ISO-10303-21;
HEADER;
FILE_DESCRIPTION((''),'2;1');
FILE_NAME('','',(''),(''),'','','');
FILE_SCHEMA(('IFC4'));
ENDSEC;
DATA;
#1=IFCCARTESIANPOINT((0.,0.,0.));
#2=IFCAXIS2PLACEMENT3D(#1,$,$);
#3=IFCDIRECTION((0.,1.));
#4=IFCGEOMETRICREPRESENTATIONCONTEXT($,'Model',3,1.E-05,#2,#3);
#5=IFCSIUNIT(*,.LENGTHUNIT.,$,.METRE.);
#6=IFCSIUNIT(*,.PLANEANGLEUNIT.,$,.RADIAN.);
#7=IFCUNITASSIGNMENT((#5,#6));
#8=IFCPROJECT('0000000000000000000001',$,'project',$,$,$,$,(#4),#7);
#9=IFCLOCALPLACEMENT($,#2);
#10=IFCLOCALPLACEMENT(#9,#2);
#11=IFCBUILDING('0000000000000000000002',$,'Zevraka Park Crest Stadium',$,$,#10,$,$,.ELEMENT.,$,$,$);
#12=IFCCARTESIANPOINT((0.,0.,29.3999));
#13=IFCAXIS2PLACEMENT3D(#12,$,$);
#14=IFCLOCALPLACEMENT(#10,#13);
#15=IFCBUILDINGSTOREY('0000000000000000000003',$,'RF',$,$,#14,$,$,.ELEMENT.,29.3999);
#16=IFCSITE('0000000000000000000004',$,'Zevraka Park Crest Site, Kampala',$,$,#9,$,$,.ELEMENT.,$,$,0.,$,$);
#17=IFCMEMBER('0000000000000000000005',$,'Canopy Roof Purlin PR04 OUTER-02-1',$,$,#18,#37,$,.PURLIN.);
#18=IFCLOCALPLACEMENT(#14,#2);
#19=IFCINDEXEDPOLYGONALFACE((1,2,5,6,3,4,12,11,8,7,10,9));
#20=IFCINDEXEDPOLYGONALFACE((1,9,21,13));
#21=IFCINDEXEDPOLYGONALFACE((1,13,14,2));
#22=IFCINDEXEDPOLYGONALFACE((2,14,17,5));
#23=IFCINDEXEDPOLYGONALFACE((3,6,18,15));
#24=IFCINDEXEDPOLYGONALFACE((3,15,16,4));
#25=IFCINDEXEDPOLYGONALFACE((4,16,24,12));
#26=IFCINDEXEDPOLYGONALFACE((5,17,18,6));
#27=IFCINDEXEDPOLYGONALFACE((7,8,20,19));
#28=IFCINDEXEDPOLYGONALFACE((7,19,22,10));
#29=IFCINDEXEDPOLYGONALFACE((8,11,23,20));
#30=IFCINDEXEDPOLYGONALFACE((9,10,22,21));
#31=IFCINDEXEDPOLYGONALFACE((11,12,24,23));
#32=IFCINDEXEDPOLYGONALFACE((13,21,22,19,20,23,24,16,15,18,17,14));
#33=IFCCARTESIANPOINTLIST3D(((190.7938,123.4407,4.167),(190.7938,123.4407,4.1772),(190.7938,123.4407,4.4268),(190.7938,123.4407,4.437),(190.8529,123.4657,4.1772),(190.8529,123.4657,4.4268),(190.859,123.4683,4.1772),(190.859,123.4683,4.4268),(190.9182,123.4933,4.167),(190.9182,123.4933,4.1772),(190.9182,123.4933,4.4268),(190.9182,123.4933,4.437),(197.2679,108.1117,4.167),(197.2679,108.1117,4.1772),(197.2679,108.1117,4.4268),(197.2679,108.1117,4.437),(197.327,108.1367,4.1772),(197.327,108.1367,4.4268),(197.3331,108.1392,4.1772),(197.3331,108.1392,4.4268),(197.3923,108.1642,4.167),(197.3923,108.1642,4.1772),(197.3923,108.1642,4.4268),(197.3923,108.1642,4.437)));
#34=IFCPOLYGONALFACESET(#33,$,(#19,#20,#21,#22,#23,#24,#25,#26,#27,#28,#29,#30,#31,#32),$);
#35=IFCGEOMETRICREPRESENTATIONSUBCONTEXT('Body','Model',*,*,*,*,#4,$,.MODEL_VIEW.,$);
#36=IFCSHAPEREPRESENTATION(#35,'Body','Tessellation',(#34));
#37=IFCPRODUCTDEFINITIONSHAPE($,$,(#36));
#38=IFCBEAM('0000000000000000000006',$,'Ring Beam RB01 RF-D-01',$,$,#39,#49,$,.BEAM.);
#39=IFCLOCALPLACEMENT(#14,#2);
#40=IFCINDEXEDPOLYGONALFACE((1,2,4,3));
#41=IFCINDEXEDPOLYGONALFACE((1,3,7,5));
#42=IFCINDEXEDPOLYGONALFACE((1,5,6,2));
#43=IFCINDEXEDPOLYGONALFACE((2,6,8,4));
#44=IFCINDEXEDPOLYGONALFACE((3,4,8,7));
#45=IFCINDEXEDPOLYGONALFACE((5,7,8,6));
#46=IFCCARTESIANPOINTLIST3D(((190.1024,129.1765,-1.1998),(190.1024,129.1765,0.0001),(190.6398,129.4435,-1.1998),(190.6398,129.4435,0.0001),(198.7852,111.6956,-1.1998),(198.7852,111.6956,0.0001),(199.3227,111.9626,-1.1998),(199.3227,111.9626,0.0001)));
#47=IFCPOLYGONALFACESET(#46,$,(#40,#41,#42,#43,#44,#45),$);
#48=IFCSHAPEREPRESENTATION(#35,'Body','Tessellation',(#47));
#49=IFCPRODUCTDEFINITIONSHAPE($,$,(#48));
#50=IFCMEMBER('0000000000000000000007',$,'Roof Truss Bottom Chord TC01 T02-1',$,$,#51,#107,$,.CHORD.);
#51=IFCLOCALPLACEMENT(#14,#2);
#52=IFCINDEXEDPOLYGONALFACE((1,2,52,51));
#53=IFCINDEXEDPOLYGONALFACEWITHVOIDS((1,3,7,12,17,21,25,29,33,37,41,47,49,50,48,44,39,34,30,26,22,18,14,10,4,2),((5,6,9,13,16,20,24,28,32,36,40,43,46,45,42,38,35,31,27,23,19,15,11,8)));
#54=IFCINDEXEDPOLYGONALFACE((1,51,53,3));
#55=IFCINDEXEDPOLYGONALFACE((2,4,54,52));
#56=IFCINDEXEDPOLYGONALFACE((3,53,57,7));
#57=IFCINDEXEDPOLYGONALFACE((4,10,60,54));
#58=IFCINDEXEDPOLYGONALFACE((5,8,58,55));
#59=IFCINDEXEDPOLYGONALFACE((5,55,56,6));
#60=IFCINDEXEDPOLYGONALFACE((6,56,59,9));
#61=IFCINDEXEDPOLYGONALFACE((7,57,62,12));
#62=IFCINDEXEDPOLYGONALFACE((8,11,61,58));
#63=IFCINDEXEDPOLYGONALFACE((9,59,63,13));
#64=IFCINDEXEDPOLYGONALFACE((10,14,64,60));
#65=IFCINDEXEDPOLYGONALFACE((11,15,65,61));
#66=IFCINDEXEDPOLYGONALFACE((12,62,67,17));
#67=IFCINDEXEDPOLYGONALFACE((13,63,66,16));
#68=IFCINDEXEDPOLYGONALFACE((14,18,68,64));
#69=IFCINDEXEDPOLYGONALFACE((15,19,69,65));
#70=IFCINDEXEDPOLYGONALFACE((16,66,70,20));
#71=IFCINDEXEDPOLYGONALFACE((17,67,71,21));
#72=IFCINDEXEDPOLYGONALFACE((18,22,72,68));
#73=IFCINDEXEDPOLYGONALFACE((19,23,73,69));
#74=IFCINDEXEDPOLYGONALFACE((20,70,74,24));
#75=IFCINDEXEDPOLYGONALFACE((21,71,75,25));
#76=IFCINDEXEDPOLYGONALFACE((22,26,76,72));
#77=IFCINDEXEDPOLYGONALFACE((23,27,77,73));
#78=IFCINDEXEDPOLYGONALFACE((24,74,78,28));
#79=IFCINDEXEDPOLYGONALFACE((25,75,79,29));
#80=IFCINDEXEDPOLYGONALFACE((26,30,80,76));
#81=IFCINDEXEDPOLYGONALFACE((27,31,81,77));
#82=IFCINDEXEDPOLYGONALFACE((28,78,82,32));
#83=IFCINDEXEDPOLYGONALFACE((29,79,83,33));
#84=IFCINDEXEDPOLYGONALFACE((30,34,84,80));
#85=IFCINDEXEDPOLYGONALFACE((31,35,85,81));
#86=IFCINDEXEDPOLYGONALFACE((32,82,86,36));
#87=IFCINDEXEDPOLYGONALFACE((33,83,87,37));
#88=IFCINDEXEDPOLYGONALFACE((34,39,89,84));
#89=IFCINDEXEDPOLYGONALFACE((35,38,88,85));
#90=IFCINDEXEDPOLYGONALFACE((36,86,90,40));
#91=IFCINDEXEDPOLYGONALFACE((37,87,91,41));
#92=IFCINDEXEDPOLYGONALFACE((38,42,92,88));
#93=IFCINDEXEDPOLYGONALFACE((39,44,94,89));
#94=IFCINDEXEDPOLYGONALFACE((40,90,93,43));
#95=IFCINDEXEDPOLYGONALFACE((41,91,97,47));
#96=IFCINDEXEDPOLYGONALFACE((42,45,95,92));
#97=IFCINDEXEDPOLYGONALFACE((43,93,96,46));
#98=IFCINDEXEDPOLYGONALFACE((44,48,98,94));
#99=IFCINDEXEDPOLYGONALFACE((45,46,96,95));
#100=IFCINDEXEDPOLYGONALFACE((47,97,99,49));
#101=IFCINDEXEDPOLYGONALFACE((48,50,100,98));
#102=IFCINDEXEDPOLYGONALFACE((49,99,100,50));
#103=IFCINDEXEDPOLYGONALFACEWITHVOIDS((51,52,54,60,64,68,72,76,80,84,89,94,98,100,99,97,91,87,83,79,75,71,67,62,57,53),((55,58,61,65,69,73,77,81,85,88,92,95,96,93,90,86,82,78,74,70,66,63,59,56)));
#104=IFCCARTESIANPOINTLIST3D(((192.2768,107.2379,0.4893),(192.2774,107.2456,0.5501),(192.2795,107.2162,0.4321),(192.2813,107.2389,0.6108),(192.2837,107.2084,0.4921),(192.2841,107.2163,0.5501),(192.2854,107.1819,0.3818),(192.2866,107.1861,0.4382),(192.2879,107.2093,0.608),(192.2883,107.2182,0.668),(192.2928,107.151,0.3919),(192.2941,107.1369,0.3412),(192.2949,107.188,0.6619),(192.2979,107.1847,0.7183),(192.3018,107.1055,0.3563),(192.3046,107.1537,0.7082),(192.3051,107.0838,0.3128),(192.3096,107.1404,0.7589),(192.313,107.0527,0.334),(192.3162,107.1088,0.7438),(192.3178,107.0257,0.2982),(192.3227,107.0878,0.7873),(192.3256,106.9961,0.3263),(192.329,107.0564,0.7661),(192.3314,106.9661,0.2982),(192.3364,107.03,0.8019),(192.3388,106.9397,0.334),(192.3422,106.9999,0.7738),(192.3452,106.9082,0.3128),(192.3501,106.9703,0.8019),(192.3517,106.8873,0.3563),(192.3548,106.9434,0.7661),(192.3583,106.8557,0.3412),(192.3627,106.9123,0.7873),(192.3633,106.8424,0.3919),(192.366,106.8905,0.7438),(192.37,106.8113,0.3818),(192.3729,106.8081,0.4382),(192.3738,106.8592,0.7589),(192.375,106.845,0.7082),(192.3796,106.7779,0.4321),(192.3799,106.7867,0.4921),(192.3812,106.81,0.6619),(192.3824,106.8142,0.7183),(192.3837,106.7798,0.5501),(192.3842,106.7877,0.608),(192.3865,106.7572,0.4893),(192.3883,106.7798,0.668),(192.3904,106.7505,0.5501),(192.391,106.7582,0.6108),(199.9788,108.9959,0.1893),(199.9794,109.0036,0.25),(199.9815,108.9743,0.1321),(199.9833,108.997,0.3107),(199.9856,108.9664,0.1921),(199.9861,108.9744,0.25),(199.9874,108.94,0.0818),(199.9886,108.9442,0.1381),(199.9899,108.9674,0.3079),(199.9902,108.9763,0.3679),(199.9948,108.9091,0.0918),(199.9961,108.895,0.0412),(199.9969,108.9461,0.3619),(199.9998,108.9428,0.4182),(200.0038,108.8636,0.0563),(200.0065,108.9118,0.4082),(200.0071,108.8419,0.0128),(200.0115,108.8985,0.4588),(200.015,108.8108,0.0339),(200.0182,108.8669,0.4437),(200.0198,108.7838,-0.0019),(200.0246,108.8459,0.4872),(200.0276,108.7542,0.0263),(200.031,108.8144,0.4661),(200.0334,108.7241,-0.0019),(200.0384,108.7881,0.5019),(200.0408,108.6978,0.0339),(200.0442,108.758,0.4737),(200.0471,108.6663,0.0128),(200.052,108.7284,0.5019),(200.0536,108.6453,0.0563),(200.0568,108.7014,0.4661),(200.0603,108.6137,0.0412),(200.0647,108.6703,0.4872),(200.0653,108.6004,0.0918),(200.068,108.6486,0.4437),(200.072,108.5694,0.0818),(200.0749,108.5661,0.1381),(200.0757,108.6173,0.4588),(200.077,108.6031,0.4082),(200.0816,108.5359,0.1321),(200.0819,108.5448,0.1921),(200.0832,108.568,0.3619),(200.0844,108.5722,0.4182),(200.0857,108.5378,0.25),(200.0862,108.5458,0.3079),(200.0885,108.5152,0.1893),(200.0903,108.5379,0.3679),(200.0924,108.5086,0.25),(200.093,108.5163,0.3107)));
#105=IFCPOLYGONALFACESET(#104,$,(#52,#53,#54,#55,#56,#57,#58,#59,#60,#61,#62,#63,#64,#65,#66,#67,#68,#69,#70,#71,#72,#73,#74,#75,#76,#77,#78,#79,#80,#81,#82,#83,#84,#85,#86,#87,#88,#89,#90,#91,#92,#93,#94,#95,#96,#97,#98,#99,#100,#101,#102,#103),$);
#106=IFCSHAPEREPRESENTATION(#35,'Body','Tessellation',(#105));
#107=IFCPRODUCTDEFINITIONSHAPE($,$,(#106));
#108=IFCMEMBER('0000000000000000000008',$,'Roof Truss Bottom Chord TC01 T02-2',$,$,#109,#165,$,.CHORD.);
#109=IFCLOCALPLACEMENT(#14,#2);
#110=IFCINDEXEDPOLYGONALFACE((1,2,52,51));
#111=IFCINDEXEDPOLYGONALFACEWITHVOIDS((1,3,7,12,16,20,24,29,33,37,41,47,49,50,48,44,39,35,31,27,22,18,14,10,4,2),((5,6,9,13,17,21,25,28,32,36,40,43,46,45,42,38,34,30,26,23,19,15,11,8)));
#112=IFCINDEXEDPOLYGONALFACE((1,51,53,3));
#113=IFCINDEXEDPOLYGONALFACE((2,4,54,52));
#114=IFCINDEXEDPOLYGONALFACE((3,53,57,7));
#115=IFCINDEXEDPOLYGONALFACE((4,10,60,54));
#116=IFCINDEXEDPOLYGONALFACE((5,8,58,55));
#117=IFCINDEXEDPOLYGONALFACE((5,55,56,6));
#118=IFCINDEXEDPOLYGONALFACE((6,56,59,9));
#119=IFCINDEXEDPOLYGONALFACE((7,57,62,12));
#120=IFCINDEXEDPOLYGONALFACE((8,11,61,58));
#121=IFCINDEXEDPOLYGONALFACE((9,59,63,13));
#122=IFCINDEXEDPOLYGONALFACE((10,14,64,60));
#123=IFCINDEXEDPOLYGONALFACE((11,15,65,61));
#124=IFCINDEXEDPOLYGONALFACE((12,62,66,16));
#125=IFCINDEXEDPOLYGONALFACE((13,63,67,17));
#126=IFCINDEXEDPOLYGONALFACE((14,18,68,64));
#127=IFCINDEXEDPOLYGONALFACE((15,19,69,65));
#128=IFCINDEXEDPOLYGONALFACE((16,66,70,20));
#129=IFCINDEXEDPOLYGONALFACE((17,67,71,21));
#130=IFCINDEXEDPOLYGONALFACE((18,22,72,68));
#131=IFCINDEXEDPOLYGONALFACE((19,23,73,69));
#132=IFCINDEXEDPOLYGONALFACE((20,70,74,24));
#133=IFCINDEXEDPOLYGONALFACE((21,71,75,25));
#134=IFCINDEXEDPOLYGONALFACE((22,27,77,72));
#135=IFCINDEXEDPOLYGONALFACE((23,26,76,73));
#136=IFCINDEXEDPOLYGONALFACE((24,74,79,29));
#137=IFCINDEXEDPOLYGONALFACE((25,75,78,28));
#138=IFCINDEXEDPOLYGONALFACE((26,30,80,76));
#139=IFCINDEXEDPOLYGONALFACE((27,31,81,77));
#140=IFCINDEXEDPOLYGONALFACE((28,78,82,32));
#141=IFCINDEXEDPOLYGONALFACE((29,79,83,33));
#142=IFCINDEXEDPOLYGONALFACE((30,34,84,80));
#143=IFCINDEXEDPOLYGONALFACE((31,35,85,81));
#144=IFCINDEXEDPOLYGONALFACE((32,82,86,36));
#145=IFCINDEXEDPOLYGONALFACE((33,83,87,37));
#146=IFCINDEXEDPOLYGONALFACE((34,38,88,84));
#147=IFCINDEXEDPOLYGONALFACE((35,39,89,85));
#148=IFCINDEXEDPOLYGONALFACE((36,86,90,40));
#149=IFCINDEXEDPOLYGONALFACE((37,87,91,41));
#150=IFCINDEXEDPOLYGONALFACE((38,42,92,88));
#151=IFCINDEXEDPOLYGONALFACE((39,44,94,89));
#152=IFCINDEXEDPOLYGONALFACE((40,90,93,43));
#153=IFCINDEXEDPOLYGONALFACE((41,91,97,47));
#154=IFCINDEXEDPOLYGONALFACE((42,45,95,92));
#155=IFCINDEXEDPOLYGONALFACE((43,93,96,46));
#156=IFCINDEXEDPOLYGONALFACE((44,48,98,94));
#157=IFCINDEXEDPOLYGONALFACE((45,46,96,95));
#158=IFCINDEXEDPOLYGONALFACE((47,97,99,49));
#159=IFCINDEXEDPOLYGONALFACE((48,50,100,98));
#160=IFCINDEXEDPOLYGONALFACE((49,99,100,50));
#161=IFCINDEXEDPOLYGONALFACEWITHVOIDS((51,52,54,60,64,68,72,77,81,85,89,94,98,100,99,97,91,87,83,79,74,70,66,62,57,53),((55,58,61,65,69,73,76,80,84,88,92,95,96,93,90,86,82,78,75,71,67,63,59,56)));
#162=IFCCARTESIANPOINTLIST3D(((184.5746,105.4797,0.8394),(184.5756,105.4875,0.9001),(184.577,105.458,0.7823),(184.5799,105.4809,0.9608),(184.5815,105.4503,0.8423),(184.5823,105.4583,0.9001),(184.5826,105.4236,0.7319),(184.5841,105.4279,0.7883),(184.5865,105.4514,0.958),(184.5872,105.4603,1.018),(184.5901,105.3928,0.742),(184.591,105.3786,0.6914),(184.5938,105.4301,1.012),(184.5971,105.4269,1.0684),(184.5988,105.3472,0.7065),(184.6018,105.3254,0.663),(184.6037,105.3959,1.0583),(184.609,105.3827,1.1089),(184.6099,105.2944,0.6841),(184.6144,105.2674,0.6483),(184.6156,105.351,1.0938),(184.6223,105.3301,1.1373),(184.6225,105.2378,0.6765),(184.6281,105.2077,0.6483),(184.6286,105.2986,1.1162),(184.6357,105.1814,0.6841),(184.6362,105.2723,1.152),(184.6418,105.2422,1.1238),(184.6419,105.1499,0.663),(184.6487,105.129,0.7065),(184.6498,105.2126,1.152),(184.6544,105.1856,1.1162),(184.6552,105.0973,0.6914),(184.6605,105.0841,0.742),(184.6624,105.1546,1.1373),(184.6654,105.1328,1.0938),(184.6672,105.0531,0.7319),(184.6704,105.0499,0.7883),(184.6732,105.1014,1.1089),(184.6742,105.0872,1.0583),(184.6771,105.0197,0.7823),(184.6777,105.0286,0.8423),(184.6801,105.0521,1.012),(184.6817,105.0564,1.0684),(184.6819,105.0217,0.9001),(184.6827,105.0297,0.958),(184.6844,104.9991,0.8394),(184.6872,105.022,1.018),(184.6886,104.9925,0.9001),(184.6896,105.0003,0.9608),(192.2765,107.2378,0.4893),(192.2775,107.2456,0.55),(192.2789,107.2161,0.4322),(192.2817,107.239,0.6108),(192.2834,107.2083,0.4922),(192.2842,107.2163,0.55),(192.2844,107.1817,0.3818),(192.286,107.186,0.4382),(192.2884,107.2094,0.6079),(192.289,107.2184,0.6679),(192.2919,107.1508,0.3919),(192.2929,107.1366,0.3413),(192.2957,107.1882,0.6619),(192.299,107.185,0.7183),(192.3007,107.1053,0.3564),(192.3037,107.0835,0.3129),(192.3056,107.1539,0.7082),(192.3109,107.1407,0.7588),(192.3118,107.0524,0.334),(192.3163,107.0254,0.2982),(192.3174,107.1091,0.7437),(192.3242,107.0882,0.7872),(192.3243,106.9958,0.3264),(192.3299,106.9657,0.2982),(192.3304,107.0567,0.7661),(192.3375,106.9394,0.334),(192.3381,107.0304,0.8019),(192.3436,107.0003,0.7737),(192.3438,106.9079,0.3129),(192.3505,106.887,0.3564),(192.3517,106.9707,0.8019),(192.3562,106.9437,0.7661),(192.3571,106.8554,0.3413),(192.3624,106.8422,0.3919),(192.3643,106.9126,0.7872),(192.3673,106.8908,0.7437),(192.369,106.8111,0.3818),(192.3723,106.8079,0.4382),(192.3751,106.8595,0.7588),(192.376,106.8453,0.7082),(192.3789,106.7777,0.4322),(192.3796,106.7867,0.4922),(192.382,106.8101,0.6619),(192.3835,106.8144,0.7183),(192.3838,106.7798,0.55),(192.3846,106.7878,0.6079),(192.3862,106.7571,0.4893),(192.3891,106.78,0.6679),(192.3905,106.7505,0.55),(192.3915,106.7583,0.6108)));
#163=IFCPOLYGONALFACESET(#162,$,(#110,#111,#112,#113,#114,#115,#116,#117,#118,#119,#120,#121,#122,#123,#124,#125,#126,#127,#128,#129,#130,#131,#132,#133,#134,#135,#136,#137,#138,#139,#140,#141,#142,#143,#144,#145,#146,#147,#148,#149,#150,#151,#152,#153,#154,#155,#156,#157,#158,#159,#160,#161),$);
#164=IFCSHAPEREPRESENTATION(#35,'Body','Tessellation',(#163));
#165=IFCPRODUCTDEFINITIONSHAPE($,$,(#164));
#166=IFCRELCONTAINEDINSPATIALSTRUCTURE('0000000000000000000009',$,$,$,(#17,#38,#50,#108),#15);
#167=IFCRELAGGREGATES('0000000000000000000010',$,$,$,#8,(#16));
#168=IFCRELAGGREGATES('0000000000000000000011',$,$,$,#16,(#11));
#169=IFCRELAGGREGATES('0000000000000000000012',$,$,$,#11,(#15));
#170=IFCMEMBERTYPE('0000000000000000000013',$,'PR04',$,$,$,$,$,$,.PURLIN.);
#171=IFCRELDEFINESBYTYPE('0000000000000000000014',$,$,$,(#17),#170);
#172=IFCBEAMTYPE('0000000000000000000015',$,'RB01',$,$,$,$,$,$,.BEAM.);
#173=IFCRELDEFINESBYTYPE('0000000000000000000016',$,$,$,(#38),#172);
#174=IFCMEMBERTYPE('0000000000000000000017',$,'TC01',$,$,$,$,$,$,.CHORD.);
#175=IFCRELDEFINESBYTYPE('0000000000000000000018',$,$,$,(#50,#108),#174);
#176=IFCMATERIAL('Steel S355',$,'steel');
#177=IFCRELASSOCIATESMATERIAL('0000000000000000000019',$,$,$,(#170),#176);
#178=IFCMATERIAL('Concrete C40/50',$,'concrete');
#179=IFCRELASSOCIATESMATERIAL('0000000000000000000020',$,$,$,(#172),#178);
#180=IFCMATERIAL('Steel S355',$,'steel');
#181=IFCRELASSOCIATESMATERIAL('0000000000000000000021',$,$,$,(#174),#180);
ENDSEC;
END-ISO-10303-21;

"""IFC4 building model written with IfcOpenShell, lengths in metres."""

from ifc_helpers import new_model, si_unit, direction, frame, origin, origin_2d, place, context, subcontext, project, spatial, rectangle, hollow_circle, i_section, extrude, material, material_profile, profile_set, type_object, element, save


model = new_model("IFC4")

# Units and contexts
model_context = context("Model", 3, precision=1e-05, world=origin(), true_north=direction((0.0, 1.0)))
body_context = subcontext(model_context, "Body", "Model", "MODEL_VIEW")
ifc_project = project(units=[si_unit("LENGTHUNIT", "METRE"), si_unit("PLANEANGLEUNIT", "RADIAN")], contexts=[model_context])

# Site, building, storey
site_placement = place(None, origin())
site = spatial("IfcSite", under=ifc_project, at=site_placement, Name="Zevraka Park Crest Site, Kampala", CompositionType="ELEMENT", RefElevation=0.0)
building_placement = place(site_placement, origin())
building = spatial("IfcBuilding", under=site, at=building_placement, Name="Zevraka Park Crest Stadium", CompositionType="ELEMENT")
storey_placement = place(building_placement, frame((0.0, 0.0, 29.3999)))
storey = spatial("IfcBuildingStorey", under=building, at=storey_placement, Name="RF", CompositionType="ELEMENT", Elevation=29.3999)

# Member
ifc_material_1 = material(Name="Steel S355", Category="steel")
ifc_material_profile_1 = material_profile(ifc_material_1, i_section(OverallWidth=0.135, OverallDepth=0.27, WebThickness=0.0066, FlangeThickness=0.0103, at=origin_2d()), Name="IPE 270")
ifc_profile_set_1 = profile_set([ifc_material_profile_1], Name="Steel S355")
member_type_1 = type_object("IfcMemberType", Name="PR04", PredefinedType="PURLIN", material=ifc_profile_set_1)
member_1_placement = place(storey_placement, frame((197.3301, 108.1379, 4.302), z_axis=(-0.389066, 0.92121, 0.0), x_axis=(-0.92121, -0.389066, 0.0)))
element("IfcMember", 1, at=member_1_placement, inside=storey, type_object=member_type_1, Name="Canopy Roof Purlin PR04 OUTER-02-1", PredefinedType="PURLIN", context=body_context, shape_type="SweptSolid", body=[
    extrude(i_section(OverallWidth=0.135, OverallDepth=0.27, WebThickness=0.0066, FlangeThickness=0.0103, at=origin_2d()), origin(), (0.0, 0.0, 1.0), 16.6401),
])

# Beam
ifc_material_2 = material(Name="Concrete C40/50", Category="concrete")
ifc_material_profile_2 = material_profile(ifc_material_2, rectangle(XDim=0.6001, YDim=1.2, at=origin_2d()), Name="RC 1200x600")
ifc_profile_set_2 = profile_set([ifc_material_profile_2], Name="Concrete C40/50")
beam_type = type_object("IfcBeamType", Name="RB01", PredefinedType="BEAM", material=ifc_profile_set_2)
beam_placement = place(storey_placement, frame((199.054, 111.8291, -0.5999), z_axis=(-0.444851, 0.895605, 0.0), x_axis=(-0.895605, -0.444851, 0.0)))
element("IfcBeam", 2, at=beam_placement, inside=storey, type_object=beam_type, Name="Ring Beam RB01 RF-D-01", PredefinedType="BEAM", context=body_context, shape_type="SweptSolid", body=[
    extrude(rectangle(XDim=0.6001, YDim=1.2, at=origin_2d()), origin(), (0.0, 0.0, 1.0), 19.5186),
])

# Members
ifc_material_3 = material(Name="Steel S355", Category="steel")
ifc_material_profile_3 = material_profile(ifc_material_3, hollow_circle(Radius=0.2539, WallThickness=0.03, at=origin_2d()), Name="CHS 508.0x30")
ifc_profile_set_3 = profile_set([ifc_material_profile_3], Name="Steel S355")
member_type_2 = type_object("IfcMemberType", Name="TC01", PredefinedType="CHORD", material=ifc_profile_set_3)
member_2_placement = place(storey_placement, frame((200.0359, 108.7561, 0.25), z_axis=(-0.974221, -0.222378, 0.037953), x_axis=(0.222539, -0.974924, 0.0)))
element("IfcMember", 3, at=member_2_placement, inside=storey, type_object=member_type_2, Name="Roof Truss Bottom Chord TC01 T02-1", PredefinedType="CHORD", context=body_context, shape_type="SweptSolid", body=[
    extrude(hollow_circle(Radius=0.2539, WallThickness=0.03, at=origin_2d()), origin(), (0.0, 0.0, 1.0), 7.9058),
])
member_3_placement = place(storey_placement, frame((192.334, 106.998, 0.55), z_axis=(-0.973968, -0.22232, 0.044273), x_axis=(0.222539, -0.974924, 0.0)))
element("IfcMember", 4, at=member_3_placement, inside=storey, type_object=member_type_2, Name="Roof Truss Bottom Chord TC01 T02-2", PredefinedType="CHORD", context=body_context, shape_type="SweptSolid", body=[
    extrude(hollow_circle(Radius=0.2539, WallThickness=0.03, at=origin_2d()), origin(), (0.0, 0.0, 1.0), 7.9077),
])

save(model, "model.ifc")
